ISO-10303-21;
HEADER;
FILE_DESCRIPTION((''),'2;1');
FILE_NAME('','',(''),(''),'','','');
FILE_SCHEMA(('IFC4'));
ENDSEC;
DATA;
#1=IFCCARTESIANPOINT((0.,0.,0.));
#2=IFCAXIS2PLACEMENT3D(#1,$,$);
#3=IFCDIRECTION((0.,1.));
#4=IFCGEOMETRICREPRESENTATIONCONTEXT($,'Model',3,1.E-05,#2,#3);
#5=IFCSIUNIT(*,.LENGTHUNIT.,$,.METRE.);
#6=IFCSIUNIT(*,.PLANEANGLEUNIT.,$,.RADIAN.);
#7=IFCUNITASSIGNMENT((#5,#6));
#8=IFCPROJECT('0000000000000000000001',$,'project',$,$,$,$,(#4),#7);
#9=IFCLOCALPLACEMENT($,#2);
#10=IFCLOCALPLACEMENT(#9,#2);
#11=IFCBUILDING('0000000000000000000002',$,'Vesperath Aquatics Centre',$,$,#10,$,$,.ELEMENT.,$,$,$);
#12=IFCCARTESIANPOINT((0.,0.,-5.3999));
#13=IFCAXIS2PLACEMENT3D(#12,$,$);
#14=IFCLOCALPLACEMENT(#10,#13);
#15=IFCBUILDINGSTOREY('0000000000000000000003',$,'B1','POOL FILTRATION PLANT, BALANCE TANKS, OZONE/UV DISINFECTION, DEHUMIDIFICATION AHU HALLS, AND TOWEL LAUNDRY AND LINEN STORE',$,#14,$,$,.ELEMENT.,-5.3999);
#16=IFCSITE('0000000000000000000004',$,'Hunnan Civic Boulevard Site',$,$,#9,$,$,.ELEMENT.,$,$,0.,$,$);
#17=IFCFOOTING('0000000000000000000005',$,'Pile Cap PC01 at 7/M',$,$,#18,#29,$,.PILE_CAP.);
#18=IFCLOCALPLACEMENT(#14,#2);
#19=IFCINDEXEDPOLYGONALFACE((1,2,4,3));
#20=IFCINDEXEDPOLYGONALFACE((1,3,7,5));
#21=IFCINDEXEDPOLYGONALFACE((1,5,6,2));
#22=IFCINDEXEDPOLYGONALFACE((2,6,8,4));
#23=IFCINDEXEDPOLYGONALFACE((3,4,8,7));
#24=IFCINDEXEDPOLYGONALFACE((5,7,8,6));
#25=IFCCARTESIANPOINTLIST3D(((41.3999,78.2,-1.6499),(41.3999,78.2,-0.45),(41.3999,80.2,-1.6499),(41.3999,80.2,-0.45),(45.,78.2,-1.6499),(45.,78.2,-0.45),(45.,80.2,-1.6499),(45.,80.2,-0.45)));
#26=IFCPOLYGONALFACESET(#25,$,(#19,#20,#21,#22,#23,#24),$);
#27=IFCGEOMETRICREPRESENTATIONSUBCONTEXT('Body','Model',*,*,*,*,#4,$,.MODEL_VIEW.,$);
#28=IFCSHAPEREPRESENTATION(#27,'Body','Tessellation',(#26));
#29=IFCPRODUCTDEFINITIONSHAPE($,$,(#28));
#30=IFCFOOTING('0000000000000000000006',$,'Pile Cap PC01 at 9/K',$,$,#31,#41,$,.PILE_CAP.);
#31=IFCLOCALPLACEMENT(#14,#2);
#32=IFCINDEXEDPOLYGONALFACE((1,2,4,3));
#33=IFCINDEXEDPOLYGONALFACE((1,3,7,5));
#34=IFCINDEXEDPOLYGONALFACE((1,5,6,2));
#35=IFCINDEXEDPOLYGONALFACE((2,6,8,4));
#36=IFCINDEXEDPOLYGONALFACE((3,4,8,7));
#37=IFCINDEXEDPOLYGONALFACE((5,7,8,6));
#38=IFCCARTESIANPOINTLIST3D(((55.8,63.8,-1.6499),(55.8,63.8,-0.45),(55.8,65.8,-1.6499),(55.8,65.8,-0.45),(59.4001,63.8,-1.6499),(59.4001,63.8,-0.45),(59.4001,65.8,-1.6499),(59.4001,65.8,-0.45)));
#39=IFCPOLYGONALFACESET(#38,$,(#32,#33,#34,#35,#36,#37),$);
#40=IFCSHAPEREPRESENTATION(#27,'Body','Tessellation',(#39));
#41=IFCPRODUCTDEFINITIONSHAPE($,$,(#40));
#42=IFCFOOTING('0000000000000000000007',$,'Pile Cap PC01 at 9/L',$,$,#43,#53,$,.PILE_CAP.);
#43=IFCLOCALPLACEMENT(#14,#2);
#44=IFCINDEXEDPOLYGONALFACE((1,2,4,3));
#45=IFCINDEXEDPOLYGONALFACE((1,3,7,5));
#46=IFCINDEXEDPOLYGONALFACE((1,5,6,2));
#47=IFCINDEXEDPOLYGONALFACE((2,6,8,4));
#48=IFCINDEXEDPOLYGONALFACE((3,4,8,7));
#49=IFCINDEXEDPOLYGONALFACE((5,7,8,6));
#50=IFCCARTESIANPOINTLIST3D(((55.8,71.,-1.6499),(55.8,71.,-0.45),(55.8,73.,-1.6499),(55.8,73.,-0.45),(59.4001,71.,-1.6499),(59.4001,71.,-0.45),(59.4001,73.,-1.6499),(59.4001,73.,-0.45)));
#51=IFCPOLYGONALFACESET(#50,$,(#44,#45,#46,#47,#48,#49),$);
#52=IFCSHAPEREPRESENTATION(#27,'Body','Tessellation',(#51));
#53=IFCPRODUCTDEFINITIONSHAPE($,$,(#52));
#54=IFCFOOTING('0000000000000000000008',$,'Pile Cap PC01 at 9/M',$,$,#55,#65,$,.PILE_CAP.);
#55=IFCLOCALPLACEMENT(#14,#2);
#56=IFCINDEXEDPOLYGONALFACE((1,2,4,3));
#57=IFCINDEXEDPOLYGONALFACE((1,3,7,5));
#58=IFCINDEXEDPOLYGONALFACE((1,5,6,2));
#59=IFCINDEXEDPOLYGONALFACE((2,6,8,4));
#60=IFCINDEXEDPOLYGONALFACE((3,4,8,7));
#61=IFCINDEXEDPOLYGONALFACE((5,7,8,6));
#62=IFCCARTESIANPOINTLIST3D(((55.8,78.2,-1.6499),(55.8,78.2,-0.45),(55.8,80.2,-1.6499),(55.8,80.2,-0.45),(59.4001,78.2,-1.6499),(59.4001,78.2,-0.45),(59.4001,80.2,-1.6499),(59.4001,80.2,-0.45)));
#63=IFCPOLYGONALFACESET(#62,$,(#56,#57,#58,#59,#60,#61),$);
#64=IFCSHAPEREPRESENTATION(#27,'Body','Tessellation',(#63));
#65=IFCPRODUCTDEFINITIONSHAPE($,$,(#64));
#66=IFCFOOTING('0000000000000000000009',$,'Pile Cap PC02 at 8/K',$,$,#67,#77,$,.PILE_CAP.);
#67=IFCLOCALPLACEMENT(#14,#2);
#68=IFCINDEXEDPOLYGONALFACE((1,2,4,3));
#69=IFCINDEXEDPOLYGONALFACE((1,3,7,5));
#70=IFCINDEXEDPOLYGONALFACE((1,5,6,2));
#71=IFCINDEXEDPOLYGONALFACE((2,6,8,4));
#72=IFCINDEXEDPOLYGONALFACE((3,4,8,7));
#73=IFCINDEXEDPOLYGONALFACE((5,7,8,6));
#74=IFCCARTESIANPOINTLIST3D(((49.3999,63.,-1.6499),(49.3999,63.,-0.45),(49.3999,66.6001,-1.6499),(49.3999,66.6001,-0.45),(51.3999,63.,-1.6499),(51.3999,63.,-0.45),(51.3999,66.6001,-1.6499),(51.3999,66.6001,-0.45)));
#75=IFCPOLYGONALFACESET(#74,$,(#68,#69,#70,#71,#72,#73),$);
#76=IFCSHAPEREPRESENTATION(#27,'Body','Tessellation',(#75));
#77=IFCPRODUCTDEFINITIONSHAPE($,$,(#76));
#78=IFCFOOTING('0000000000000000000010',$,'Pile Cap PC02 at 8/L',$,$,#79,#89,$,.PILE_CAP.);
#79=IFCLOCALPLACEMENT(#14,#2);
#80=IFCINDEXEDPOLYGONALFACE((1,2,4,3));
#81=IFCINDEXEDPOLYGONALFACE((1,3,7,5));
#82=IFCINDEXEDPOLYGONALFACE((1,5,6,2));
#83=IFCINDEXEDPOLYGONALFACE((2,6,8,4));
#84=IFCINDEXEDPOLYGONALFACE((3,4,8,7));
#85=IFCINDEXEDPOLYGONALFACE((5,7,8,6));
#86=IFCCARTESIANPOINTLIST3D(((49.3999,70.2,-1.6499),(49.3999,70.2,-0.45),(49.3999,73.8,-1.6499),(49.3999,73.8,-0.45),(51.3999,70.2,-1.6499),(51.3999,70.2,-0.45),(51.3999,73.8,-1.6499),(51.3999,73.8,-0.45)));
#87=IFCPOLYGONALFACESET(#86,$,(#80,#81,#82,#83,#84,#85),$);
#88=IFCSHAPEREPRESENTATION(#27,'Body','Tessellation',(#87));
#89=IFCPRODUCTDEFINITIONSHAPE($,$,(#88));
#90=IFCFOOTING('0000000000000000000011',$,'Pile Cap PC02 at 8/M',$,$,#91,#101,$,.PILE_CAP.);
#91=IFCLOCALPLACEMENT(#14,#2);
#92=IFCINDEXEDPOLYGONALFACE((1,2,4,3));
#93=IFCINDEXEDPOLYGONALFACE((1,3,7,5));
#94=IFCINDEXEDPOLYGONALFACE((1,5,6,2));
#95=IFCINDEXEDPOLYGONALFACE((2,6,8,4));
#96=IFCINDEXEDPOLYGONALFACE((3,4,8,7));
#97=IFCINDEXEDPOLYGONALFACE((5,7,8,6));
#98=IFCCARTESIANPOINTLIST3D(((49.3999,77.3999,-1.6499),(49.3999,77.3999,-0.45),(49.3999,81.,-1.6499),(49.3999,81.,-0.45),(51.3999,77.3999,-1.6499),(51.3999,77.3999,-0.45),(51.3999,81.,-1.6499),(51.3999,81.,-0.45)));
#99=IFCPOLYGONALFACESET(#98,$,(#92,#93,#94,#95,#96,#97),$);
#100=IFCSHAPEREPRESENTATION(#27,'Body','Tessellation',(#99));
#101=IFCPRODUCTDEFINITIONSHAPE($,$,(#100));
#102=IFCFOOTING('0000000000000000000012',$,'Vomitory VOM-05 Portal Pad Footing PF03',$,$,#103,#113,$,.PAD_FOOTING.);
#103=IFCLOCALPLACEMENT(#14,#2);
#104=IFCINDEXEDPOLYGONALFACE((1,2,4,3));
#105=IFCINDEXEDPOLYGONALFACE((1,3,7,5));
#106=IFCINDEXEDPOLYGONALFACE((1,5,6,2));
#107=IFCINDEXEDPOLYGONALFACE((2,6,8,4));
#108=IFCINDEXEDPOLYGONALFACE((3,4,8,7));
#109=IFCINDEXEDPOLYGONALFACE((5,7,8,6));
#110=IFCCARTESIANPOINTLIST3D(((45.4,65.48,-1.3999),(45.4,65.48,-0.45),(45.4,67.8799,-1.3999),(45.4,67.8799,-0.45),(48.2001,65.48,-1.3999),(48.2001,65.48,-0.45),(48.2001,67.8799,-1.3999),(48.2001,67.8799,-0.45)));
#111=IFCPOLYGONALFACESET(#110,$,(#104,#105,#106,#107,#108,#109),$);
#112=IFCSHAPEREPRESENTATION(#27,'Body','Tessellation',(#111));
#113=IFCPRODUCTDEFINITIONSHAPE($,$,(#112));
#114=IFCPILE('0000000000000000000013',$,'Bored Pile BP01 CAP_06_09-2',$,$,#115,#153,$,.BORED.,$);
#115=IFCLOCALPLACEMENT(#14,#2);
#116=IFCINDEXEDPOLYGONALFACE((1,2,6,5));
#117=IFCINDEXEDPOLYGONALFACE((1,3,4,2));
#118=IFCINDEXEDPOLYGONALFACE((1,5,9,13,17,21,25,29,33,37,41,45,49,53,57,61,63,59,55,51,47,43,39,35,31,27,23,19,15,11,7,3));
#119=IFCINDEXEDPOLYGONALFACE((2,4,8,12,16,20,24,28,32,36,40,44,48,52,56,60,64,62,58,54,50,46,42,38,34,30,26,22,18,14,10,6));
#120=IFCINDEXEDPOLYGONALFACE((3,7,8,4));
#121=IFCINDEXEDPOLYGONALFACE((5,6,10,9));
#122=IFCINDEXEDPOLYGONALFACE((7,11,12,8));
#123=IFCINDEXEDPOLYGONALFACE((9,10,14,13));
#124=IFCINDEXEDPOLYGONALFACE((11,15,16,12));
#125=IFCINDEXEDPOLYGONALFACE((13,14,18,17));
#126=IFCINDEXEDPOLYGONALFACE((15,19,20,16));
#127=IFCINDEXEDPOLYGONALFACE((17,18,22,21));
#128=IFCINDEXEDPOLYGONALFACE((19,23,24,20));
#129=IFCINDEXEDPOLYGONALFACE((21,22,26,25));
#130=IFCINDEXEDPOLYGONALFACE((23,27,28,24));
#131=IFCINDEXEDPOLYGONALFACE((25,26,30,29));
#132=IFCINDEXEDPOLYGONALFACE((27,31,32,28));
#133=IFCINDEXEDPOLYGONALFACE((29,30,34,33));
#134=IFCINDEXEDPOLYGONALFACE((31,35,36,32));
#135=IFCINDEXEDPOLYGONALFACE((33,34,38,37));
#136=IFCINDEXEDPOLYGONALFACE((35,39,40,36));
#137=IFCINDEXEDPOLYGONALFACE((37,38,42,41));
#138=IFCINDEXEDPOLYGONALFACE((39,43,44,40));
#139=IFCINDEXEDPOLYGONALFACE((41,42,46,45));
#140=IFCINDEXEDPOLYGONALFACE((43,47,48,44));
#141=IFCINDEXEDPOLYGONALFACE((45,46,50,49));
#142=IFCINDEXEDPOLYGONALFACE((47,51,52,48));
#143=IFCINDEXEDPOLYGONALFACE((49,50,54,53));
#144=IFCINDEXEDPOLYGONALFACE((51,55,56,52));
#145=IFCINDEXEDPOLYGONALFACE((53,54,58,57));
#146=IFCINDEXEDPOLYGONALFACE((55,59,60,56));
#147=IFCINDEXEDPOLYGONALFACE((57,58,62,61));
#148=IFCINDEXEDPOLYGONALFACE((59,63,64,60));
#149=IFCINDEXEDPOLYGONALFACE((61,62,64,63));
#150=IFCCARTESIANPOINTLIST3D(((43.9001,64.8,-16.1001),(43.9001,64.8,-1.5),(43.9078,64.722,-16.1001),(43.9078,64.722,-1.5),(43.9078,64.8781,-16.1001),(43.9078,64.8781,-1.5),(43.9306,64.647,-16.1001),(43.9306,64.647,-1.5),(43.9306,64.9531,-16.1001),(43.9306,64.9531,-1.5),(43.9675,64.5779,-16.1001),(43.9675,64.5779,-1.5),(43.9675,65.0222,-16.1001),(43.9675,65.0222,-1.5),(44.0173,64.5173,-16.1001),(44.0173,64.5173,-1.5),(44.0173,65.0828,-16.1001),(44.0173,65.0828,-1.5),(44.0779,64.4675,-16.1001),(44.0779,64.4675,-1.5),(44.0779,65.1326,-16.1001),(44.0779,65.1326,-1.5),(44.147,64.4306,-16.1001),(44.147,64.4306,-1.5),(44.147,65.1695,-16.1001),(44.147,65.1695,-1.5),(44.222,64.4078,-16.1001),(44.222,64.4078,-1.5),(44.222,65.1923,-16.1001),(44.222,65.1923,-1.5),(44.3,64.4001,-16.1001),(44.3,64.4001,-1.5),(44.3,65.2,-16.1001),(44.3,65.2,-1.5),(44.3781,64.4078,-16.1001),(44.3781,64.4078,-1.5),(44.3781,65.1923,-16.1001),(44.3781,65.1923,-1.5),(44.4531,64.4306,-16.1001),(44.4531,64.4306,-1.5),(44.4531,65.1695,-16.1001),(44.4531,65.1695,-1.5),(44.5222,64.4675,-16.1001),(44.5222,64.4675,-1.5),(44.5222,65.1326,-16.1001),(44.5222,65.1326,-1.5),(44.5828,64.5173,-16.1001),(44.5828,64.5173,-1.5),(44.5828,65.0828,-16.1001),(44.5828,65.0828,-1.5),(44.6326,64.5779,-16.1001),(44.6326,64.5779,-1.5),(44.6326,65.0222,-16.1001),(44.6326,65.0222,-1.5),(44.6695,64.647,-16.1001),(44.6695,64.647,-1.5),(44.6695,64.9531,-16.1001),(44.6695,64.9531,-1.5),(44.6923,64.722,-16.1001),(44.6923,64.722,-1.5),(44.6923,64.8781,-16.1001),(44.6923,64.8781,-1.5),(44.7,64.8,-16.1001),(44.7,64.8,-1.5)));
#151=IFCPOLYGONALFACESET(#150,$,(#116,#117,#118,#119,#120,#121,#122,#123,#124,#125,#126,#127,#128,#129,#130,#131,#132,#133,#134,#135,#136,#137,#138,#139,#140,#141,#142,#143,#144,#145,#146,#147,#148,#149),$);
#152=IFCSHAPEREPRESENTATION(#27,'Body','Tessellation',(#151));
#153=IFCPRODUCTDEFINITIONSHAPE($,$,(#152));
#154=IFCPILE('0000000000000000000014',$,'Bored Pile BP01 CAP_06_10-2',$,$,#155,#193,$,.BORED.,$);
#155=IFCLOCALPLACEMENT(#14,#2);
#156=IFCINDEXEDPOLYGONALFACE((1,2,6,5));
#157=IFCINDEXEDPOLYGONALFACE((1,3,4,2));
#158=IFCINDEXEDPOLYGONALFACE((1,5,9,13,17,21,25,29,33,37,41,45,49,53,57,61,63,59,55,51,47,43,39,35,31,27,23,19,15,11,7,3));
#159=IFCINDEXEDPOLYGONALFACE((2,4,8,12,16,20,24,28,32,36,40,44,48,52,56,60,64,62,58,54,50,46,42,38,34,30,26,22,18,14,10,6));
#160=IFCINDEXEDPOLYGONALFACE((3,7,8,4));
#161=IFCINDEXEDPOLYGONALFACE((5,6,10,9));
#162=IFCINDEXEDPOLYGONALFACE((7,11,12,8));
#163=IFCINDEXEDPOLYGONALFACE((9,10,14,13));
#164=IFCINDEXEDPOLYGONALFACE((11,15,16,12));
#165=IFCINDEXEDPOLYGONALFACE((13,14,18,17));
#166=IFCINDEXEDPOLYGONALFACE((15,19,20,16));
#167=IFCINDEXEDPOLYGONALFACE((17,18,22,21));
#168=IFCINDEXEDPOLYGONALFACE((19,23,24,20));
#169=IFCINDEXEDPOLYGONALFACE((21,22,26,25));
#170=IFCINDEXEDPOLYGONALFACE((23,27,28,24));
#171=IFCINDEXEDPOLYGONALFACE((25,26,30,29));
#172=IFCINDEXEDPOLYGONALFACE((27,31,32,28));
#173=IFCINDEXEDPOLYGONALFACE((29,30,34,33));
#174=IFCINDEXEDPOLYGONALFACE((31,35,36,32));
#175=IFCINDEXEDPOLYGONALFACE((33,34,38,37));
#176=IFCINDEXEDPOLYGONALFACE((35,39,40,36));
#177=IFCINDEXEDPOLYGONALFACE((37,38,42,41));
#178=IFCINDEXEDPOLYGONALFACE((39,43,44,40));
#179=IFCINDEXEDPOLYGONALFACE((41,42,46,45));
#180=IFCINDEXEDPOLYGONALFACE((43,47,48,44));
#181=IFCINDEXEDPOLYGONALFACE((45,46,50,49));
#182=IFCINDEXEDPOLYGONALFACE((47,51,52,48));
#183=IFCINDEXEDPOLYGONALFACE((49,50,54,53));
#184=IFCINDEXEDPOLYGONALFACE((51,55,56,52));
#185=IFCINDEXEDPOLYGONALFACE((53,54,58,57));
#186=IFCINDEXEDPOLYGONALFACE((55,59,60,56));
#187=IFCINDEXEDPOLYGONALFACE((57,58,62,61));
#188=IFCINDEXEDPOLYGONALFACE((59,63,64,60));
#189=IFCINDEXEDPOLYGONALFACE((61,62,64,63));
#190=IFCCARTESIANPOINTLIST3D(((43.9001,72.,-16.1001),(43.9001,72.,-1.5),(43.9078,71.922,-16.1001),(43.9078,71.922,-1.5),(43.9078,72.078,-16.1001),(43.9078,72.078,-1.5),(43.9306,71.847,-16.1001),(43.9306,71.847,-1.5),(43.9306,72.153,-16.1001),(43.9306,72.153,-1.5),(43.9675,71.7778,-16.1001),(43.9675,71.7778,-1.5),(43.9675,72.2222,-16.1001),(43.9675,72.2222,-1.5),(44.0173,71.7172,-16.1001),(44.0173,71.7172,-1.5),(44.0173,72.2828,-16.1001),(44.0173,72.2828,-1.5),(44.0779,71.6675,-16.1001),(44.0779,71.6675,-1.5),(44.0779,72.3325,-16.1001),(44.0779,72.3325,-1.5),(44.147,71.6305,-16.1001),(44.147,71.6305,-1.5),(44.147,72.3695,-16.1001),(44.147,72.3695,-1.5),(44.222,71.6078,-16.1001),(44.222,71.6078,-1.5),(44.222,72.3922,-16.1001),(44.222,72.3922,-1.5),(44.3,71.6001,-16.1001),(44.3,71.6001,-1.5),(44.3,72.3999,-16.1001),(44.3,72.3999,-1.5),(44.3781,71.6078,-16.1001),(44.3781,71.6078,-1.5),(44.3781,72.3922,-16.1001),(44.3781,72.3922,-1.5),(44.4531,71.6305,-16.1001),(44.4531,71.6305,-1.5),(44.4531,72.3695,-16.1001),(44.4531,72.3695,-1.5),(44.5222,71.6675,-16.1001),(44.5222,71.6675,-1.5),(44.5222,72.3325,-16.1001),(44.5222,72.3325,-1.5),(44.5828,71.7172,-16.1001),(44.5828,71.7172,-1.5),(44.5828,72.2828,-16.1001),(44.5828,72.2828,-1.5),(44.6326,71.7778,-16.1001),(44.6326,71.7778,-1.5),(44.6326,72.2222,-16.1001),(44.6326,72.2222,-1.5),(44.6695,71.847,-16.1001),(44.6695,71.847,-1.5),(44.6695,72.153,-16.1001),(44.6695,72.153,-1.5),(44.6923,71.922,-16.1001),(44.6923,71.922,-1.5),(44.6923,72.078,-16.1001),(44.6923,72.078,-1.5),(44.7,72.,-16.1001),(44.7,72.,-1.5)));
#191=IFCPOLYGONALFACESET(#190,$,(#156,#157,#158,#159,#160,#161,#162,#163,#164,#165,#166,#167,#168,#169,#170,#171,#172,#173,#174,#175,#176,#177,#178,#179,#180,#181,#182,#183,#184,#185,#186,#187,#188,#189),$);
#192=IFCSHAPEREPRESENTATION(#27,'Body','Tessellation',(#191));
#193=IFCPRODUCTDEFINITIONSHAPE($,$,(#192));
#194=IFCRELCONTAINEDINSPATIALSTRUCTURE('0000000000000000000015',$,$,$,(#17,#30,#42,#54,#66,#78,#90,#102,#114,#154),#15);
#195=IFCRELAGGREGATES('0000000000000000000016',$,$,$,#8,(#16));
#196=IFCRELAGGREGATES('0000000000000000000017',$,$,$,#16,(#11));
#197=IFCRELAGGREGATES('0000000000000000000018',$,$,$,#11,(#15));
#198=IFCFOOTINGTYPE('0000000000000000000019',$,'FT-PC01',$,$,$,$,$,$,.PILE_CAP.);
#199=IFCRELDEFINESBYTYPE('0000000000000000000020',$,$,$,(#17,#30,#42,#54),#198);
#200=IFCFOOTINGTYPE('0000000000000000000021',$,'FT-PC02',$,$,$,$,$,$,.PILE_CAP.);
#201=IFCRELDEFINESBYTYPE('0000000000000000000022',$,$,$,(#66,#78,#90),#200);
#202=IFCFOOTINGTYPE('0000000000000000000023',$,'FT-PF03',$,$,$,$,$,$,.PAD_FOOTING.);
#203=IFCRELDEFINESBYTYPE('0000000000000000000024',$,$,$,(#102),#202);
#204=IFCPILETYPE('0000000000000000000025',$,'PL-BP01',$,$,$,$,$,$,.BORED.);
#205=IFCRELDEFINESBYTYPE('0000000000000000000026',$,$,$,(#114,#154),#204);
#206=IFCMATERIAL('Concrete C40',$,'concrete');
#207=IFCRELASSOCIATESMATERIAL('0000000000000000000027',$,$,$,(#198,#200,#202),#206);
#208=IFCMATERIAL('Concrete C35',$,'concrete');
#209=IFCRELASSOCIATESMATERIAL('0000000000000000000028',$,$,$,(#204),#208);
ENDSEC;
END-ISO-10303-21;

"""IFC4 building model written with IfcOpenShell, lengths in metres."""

from ifc_helpers import new_model, si_unit, direction, frame, origin, origin_2d, place, context, subcontext, project, spatial, rectangle, circle, extrude, material, material_profile, profile_set, type_object, element, save


model = new_model("IFC4")

# Units and contexts
model_context = context("Model", 3, precision=1e-05, world=origin(), true_north=direction((0.0, 1.0)))
body_context = subcontext(model_context, "Body", "Model", "MODEL_VIEW")
ifc_project = project(units=[si_unit("LENGTHUNIT", "METRE"), si_unit("PLANEANGLEUNIT", "RADIAN")], contexts=[model_context])

# Site, building, storey
site_placement = place(None, origin())
site = spatial("IfcSite", under=ifc_project, at=site_placement, Name="Hunnan Civic Boulevard Site", CompositionType="ELEMENT", RefElevation=0.0)
building_placement = place(site_placement, origin())
building = spatial("IfcBuilding", under=site, at=building_placement, Name="Vesperath Aquatics Centre", CompositionType="ELEMENT")
storey_placement = place(building_placement, frame((0.0, 0.0, -5.3999)))
storey = spatial("IfcBuildingStorey", under=building, at=storey_placement, Name="B1", Description="POOL FILTRATION PLANT, BALANCE TANKS, OZONE/UV DISINFECTION, DEHUMIDIFICATION AHU HALLS, AND TOWEL LAUNDRY AND LINEN STORE", CompositionType="ELEMENT", Elevation=-5.3999)

# Footings
ifc_material_1 = material(Name="Concrete C40", Category="concrete")
footing_type_1 = type_object("IfcFootingType", Name="FT-PC01", PredefinedType="PILE_CAP", material=ifc_material_1)
for number, where, z_axis, x_axis, name in (
    (1, (43.2, 79.2, -1.6499), (0.0, 0.0, 1.0), (1.0, 0.0, 0.0), "Pile Cap PC01 at 7/M"),
    (2, (57.6001, 64.8, -1.6499), (0.0, 0.0, 1.0), (1.0, 0.0, 0.0), "Pile Cap PC01 at 9/K"),
    (3, (57.6001, 72.0, -1.6499), (0.0, 0.0, 1.0), (1.0, 0.0, 0.0), "Pile Cap PC01 at 9/L"),
    (4, (57.6001, 79.2, -1.6499), (0.0, 0.0, 1.0), (1.0, 0.0, 0.0), "Pile Cap PC01 at 9/M"),
):
    element("IfcFooting", number, at=place(storey_placement, frame(where, z_axis=z_axis, x_axis=x_axis)), inside=storey, type_object=footing_type_1, Name=name, PredefinedType="PILE_CAP", context=body_context, shape_type="SweptSolid", body=[
        extrude(rectangle(XDim=3.6001, YDim=2.0, at=origin_2d()), origin(), (0.0, 0.0, 1.0), 1.2),
    ])
footing_type_2 = type_object("IfcFootingType", Name="FT-PC02", PredefinedType="PILE_CAP", material=ifc_material_1)
for number, where, z_axis, x_axis, name in (
    (5, (50.3999, 64.8, -1.6499), (0.0, 0.0, 1.0), (1.0, 0.0, 0.0), "Pile Cap PC02 at 8/K"),
    (6, (50.3999, 72.0, -1.6499), (0.0, 0.0, 1.0), (1.0, 0.0, 0.0), "Pile Cap PC02 at 8/L"),
    (7, (50.3999, 79.2, -1.6499), (0.0, 0.0, 1.0), (1.0, 0.0, 0.0), "Pile Cap PC02 at 8/M"),
):
    element("IfcFooting", number, at=place(storey_placement, frame(where, z_axis=z_axis, x_axis=x_axis)), inside=storey, type_object=footing_type_2, Name=name, PredefinedType="PILE_CAP", context=body_context, shape_type="SweptSolid", body=[
        extrude(rectangle(XDim=2.0, YDim=3.6001, at=origin_2d()), origin(), (0.0, 0.0, 1.0), 1.2),
    ])
footing_type_3 = type_object("IfcFootingType", Name="FT-PF03", PredefinedType="PAD_FOOTING", material=ifc_material_1)
footing_placement = place(storey_placement, frame((46.8, 66.6799, -1.3999), z_axis=(0.0, 0.0, 1.0), x_axis=(1.0, 0.0, 0.0)))
element("IfcFooting", 8, at=footing_placement, inside=storey, type_object=footing_type_3, Name="Vomitory VOM-05 Portal Pad Footing PF03", PredefinedType="PAD_FOOTING", context=body_context, shape_type="SweptSolid", body=[
    extrude(rectangle(XDim=2.8, YDim=2.3999, at=origin_2d()), origin(), (0.0, 0.0, 1.0), 0.95),
])

# Piles
ifc_material_2 = material(Name="Concrete C35", Category="concrete")
ifc_material_profile_1 = material_profile(ifc_material_2, circle(Radius=0.3999, at=origin_2d()), Name="PILE D800")
ifc_profile_set_1 = profile_set([ifc_material_profile_1], Name="Concrete C35")
pile_type = type_object("IfcPileType", Name="PL-BP01", PredefinedType="BORED", material=ifc_profile_set_1)
for number, where, z_axis, x_axis, name in (
    (9, (44.3, 64.8, -1.5), (0.0, 0.0, -1.0), (1.0, 0.0, 0.0), "Bored Pile BP01 CAP_06_09-2"),
    (10, (44.3, 72.0, -1.5), (0.0, 0.0, -1.0), (1.0, 0.0, 0.0), "Bored Pile BP01 CAP_06_10-2"),
):
    element("IfcPile", number, at=place(storey_placement, frame(where, z_axis=z_axis, x_axis=x_axis)), inside=storey, type_object=pile_type, Name=name, PredefinedType="BORED", context=body_context, shape_type="SweptSolid", body=[
        extrude(circle(Radius=0.3999, at=origin_2d()), origin(), (0.0, 0.0, 1.0), 14.6001),
    ])

save(model, "model.ifc")
